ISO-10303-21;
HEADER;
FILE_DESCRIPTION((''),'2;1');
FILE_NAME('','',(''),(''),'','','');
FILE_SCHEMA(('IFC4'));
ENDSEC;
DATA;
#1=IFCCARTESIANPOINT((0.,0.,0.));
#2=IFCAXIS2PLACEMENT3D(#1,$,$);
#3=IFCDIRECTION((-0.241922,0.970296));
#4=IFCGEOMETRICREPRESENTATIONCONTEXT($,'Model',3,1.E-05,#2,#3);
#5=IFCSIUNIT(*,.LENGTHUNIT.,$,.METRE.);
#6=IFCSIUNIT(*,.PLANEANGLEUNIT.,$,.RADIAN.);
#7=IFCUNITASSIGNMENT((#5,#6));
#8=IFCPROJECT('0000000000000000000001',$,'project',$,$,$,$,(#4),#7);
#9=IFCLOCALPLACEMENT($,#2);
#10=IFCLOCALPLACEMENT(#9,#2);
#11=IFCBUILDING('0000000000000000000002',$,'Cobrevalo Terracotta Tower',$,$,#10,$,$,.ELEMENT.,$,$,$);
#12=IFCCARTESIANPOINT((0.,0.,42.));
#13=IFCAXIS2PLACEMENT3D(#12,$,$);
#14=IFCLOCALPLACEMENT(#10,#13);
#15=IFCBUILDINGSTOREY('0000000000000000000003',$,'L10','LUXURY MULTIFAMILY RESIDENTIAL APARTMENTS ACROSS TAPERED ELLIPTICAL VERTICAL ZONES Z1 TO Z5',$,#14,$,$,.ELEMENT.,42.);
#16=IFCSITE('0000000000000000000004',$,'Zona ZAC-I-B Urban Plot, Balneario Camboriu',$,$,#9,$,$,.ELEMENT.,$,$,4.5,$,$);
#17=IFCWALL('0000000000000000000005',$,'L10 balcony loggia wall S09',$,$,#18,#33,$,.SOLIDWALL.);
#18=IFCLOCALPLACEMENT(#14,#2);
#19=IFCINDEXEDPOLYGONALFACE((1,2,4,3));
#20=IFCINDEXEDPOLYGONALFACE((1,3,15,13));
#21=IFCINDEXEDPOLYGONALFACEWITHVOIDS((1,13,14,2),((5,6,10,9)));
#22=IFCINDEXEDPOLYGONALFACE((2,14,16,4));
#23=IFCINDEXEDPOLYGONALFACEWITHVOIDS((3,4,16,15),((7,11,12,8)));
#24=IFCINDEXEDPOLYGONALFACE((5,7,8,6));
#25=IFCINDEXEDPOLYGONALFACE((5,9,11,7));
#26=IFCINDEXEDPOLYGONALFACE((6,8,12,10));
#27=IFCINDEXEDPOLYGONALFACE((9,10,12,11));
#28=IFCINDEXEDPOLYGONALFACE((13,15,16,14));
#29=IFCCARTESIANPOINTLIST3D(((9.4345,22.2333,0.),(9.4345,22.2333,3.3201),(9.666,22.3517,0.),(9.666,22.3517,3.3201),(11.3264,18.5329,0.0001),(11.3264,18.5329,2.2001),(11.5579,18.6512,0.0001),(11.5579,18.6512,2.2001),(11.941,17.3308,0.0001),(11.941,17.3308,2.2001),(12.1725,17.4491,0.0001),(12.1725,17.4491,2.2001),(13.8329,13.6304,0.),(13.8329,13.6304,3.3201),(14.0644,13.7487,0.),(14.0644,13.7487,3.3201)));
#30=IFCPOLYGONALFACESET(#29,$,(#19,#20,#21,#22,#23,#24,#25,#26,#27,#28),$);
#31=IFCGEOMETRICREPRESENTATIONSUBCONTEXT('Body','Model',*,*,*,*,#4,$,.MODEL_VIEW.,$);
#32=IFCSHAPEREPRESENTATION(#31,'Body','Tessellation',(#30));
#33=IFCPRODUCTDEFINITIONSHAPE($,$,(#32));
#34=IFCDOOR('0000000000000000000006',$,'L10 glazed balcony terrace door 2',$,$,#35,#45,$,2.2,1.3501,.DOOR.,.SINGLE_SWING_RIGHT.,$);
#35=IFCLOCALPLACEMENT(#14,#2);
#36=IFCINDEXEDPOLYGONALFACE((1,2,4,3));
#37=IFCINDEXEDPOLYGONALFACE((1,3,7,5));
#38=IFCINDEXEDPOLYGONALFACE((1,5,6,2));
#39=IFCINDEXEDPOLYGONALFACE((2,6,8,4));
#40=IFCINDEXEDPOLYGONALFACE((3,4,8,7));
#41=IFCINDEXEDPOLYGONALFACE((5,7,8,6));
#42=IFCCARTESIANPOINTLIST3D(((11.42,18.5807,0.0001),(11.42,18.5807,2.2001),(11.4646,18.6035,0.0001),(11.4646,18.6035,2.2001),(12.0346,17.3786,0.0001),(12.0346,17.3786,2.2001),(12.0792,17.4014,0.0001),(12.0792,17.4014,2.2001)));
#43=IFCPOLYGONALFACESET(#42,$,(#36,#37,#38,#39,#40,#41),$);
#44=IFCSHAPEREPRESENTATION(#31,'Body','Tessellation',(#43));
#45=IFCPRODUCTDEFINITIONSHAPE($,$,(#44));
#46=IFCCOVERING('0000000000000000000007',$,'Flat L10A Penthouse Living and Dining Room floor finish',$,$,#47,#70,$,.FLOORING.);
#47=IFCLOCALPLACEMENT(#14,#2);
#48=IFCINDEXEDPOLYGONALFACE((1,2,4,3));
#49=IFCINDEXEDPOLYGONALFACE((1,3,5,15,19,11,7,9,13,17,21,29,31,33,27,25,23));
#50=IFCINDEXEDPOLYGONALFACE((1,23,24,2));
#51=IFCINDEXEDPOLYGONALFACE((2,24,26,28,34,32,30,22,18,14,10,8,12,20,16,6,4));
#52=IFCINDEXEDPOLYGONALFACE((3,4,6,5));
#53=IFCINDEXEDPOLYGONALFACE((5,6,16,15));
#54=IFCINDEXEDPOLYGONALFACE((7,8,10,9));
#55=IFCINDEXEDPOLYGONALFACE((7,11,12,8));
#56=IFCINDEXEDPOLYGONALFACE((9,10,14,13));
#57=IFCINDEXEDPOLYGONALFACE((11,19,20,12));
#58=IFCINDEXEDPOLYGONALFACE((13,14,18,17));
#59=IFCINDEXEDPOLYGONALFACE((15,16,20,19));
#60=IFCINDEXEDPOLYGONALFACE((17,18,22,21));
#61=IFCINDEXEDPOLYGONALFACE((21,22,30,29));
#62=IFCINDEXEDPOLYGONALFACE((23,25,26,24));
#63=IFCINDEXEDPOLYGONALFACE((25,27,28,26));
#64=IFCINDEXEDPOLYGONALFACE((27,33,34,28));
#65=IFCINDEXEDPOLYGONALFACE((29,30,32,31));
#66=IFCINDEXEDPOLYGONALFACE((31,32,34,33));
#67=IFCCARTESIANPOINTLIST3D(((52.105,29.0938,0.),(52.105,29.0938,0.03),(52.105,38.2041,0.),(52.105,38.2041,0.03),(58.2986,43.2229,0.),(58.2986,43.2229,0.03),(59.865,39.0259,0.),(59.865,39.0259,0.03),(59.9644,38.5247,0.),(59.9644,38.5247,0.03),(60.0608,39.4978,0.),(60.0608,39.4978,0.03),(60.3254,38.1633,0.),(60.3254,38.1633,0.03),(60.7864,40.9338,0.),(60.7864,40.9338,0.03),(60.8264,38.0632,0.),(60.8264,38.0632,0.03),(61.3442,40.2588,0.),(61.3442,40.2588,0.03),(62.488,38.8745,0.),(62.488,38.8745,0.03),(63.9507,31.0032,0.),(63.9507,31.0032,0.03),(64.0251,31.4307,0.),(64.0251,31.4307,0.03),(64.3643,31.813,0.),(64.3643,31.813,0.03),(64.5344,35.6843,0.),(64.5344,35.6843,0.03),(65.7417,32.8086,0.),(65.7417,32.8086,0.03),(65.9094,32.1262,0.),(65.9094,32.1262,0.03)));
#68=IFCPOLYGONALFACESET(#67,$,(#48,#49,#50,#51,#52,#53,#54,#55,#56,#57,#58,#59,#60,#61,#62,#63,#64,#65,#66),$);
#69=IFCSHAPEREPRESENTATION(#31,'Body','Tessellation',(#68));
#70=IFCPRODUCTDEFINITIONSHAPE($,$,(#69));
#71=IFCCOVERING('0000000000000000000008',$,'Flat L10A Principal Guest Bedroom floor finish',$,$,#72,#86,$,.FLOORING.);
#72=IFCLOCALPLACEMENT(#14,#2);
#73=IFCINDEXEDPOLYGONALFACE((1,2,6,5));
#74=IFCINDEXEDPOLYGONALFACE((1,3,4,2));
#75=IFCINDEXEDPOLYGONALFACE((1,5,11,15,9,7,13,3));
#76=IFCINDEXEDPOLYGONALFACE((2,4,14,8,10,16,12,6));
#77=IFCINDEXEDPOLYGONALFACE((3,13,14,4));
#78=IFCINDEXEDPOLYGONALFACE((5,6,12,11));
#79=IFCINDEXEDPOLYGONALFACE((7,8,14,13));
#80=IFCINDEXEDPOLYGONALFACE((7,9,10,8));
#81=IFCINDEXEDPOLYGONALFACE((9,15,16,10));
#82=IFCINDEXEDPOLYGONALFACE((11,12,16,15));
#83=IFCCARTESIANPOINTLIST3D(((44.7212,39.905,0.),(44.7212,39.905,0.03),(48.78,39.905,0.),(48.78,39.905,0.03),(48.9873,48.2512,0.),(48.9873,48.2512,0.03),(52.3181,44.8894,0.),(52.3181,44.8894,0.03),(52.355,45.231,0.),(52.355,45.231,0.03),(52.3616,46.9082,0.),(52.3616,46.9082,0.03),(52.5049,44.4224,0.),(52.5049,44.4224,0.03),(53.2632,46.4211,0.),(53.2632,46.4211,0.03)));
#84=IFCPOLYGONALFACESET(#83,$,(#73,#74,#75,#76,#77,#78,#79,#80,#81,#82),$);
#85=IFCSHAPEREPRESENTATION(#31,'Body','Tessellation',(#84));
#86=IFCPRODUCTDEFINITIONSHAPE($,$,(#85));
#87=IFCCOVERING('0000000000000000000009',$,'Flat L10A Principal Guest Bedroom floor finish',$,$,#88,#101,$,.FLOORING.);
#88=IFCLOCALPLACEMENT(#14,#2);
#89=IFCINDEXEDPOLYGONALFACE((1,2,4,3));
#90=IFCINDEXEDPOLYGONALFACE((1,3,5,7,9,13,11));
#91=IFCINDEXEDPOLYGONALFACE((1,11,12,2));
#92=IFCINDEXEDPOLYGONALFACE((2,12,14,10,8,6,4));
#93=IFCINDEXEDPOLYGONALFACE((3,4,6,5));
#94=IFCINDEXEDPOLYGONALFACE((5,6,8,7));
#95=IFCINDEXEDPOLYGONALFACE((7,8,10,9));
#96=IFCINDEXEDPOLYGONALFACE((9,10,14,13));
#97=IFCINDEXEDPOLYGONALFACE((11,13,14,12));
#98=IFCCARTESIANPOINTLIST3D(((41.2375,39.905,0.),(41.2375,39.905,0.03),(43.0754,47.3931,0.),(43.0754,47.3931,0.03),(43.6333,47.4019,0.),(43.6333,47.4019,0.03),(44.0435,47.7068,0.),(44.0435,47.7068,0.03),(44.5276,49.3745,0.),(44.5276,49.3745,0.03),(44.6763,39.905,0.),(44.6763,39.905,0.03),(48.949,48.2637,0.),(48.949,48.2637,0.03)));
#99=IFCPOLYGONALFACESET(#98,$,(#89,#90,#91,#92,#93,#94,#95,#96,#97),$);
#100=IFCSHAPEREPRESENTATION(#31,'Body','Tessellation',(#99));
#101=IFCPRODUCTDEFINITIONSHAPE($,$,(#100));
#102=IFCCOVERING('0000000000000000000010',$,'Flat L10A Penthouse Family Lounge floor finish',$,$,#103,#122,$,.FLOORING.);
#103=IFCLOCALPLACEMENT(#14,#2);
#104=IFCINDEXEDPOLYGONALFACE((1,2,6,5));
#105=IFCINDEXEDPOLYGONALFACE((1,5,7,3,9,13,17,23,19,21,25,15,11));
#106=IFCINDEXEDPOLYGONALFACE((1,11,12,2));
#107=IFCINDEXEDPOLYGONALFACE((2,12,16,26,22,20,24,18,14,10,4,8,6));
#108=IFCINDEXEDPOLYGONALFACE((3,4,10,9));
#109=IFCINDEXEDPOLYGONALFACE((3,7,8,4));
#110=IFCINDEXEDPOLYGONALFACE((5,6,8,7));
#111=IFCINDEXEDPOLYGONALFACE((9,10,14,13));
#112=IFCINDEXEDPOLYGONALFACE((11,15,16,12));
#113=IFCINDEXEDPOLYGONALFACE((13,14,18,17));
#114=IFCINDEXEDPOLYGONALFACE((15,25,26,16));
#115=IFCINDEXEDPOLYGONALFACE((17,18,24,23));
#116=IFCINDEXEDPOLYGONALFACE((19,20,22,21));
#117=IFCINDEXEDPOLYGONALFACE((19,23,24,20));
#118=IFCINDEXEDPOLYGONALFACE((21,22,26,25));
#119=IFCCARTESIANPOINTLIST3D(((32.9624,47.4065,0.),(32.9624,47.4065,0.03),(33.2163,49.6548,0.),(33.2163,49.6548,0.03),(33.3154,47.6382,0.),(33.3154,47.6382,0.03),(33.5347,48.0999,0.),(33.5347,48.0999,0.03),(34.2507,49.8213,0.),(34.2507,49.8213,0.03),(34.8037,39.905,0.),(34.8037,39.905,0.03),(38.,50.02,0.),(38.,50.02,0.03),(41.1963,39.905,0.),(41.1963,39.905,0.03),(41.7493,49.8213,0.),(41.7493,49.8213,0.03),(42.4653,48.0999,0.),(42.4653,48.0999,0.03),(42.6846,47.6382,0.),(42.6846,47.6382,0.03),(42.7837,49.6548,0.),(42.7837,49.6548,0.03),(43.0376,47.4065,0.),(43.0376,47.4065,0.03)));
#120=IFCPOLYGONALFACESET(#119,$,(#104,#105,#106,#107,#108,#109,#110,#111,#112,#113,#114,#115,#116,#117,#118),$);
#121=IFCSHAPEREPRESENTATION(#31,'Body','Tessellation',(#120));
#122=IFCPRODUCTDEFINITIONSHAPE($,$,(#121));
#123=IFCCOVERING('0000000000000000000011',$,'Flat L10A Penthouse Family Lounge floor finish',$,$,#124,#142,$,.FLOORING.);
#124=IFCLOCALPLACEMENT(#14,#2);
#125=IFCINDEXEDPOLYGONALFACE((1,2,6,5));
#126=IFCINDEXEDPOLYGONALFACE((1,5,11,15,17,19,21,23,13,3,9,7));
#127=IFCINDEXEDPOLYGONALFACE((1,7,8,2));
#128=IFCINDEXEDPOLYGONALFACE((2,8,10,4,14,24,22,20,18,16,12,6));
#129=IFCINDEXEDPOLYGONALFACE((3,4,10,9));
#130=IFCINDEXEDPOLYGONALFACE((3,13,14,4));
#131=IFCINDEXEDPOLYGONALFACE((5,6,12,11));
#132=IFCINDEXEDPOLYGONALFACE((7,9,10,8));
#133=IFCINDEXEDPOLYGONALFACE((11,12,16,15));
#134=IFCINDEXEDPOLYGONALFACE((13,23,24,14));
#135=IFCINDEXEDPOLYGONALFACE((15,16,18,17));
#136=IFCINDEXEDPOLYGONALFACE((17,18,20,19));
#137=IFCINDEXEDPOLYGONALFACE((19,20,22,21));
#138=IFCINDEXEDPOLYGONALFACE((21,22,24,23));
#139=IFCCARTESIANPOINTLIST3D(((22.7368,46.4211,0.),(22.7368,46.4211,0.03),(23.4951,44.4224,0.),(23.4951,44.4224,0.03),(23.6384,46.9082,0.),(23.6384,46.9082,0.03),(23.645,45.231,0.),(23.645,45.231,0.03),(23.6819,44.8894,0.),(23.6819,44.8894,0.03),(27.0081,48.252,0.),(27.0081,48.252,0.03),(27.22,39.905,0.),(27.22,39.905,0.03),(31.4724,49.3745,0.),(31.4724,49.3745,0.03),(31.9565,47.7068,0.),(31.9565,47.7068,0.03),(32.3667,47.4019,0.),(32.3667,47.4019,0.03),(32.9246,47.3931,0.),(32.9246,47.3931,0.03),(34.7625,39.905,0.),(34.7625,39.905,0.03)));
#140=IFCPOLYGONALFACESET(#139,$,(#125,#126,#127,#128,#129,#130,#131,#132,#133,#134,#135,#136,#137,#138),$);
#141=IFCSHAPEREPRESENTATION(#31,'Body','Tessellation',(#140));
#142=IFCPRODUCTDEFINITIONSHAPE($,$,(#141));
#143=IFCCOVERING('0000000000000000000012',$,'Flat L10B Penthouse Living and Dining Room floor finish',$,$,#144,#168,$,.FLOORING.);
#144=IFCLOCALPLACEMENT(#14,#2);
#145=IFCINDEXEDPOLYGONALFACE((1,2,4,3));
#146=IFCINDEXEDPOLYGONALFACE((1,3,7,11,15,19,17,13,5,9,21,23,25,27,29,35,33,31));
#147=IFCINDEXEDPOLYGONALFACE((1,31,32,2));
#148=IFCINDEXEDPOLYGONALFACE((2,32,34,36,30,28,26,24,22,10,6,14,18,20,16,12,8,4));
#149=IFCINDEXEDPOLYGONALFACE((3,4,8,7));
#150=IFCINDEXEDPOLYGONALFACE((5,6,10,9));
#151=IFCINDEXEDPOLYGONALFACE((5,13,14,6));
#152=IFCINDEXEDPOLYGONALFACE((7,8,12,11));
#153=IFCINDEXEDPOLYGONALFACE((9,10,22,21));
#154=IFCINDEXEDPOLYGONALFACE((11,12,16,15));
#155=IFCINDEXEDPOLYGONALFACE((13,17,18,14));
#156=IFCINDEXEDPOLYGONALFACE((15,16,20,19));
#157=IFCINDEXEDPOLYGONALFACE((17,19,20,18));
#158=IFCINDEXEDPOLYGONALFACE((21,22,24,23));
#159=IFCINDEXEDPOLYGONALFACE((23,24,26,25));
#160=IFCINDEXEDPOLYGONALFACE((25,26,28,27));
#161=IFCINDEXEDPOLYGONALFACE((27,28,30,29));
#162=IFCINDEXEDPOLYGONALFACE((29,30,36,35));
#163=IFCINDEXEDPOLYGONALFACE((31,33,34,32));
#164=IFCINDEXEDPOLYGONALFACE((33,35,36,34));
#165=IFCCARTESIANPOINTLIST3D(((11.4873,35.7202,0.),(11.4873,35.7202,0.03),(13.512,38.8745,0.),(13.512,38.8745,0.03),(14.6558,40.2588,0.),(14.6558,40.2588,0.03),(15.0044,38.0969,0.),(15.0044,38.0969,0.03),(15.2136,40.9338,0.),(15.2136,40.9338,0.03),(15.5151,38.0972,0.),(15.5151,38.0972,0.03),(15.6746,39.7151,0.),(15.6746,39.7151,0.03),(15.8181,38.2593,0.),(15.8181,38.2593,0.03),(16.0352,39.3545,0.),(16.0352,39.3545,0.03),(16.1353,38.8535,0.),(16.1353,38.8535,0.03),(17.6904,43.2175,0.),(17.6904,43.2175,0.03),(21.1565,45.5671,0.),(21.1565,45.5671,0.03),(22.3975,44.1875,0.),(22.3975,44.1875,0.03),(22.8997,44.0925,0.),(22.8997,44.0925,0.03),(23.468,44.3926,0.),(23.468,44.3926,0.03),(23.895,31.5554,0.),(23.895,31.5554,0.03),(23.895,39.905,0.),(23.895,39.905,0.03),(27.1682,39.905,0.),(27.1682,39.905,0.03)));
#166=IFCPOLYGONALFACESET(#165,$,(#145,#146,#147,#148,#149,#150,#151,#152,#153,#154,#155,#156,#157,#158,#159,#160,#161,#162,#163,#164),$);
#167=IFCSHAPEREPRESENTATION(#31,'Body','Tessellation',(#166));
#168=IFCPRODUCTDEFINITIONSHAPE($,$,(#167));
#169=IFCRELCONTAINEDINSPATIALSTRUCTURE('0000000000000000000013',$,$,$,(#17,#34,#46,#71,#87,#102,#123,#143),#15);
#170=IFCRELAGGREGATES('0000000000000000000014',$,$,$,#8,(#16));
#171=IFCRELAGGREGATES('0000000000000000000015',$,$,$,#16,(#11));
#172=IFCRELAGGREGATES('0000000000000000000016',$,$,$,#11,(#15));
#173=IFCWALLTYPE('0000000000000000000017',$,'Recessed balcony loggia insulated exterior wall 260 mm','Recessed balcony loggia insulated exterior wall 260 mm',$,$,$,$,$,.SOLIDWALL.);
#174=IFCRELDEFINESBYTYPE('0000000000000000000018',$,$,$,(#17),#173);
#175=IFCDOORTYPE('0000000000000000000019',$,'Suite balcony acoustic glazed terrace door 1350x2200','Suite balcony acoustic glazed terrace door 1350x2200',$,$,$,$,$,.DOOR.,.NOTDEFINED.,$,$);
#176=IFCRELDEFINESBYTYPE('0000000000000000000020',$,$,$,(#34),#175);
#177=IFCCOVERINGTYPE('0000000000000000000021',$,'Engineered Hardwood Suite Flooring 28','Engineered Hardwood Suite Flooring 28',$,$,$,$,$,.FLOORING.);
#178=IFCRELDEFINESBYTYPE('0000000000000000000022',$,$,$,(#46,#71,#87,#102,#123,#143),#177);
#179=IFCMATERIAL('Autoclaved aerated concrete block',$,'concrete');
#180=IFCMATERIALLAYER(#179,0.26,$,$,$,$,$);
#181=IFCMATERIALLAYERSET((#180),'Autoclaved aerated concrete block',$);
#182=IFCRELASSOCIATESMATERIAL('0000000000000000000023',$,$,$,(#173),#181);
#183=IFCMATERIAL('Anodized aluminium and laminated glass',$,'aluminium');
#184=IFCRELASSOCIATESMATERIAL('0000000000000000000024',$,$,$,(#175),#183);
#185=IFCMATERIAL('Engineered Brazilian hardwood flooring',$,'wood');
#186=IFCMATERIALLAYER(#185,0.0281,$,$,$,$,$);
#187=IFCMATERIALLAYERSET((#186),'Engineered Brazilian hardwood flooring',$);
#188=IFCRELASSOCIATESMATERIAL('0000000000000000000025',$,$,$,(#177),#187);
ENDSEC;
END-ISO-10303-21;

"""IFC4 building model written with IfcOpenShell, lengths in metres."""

from ifc_helpers import new_model, si_unit, direction, frame, frame_2d, origin, place, context, subcontext, project, spatial, polyline, rectangle, outline, extrude, source, transform, mapped, material, layer, layer_set, type_object, element, fill, save


model = new_model("IFC4")

# Units and contexts
model_context = context("Model", 3, precision=1e-05, world=origin(), true_north=direction((-0.241922, 0.970296)))
body_context = subcontext(model_context, "Body", "Model", "MODEL_VIEW")
ifc_project = project(units=[si_unit("LENGTHUNIT", "METRE"), si_unit("PLANEANGLEUNIT", "RADIAN")], contexts=[model_context])

# Site, building, storey
site_placement = place(None, origin())
site = spatial("IfcSite", under=ifc_project, at=site_placement, Name="Zona ZAC-I-B Urban Plot, Balneario Camboriu", CompositionType="ELEMENT", RefElevation=4.5)
building_placement = place(site_placement, origin())
building = spatial("IfcBuilding", under=site, at=building_placement, Name="Cobrevalo Terracotta Tower", CompositionType="ELEMENT")
storey_placement = place(building_placement, frame((0.0, 0.0, 42.0)))
storey = spatial("IfcBuildingStorey", under=building, at=storey_placement, Name="L10", Description="LUXURY MULTIFAMILY RESIDENTIAL APARTMENTS ACROSS TAPERED ELLIPTICAL VERTICAL ZONES Z1 TO Z5", CompositionType="ELEMENT", Elevation=42.0)

# Wall, opening, door
ifc_material_1 = material(Name="Autoclaved aerated concrete block", Category="concrete")
ifc_layer_1 = layer(ifc_material_1, 0.26)
ifc_layer_set_1 = layer_set([ifc_layer_1], Name="Autoclaved aerated concrete block")
wall_type = type_object("IfcWallType", Name="Recessed balcony loggia insulated exterior wall 260 mm", Description="Recessed balcony loggia insulated exterior wall 260 mm", PredefinedType="SOLIDWALL", material=ifc_layer_set_1)
wall_placement = place(storey_placement, frame((9.5503, 22.2925, 0.0), z_axis=(0.0, 0.0, 1.0), x_axis=(0.455221, -0.890379, 0.0)))
wall = element("IfcWall", 1, at=wall_placement, inside=storey, type_object=wall_type, Name="L10 balcony loggia wall S09", PredefinedType="SOLIDWALL", context=body_context, shape_type="SweptSolid", body=[
    extrude(rectangle(XDim=9.6621, YDim=0.26, at=frame_2d((4.8311, 0.0))), origin(), (0.0, 0.0, 1.0), 3.3201),
])
opening_placement = place(wall_placement, frame((4.156, 0.0, 0.0)))
opening = element("IfcOpeningElement", 2, at=opening_placement, cuts=wall, PredefinedType="OPENING", context=body_context, shape_type="SweptSolid", body=[
    extrude(rectangle(XDim=1.3501, YDim=2.2, at=frame_2d((0.675, 1.1001))), frame((0.0, 0.1401, 0.0), z_axis=(0.0, -1.0, 0.0), x_axis=(1.0, 0.0, 0.0)), (0.0, 0.0, 1.0), 0.28),
])
ifc_material_2 = material(Name="Anodized aluminium and laminated glass", Category="aluminium")
door_type = type_object("IfcDoorType", Name="Suite balcony acoustic glazed terrace door 1350x2200", Description="Suite balcony acoustic glazed terrace door 1350x2200", OperationType="NOTDEFINED", PredefinedType="DOOR", material=ifc_material_2)
shared_shape_1 = source(origin(), body_context, "Body", "SweptSolid", [
    extrude(rectangle(XDim=1.3501, YDim=2.2, at=frame_2d((0.675, 1.1001))), frame((0.0, 0.0249, 0.0), z_axis=(0.0, -1.0, 0.0), x_axis=(1.0, 0.0, 0.0)), (0.0, 0.0, 1.0), 0.05),
])
door_placement = place(opening_placement, frame((1.3501, 0.0, 0.0), z_axis=(0.0, 0.0, 1.0), x_axis=(-1.0, 0.0, 0.0)))
door = element("IfcDoor", 3, at=door_placement, inside=storey, type_object=door_type, Name="L10 glazed balcony terrace door 2", OperationType="SINGLE_SWING_RIGHT", OverallHeight=2.2, OverallWidth=1.3501, PredefinedType="DOOR", context=body_context, shape_type="MappedRepresentation", body=[
    mapped(shared_shape_1, transform((0.0, 0.0, 0.0), scale=1.0)),
])
fill(opening, door)

# Coverings
ifc_material_3 = material(Name="Engineered Brazilian hardwood flooring", Category="wood")
ifc_layer_2 = layer(ifc_material_3, 0.0281)
ifc_layer_set_2 = layer_set([ifc_layer_2], Name="Engineered Brazilian hardwood flooring")
covering_type_1 = type_object("IfcCoveringType", Name="Engineered Hardwood Suite Flooring 28", Description="Engineered Hardwood Suite Flooring 28", PredefinedType="FLOORING", material=ifc_layer_set_2)
covering_1_placement = place(storey_placement, origin())
element("IfcCovering", 4, at=covering_1_placement, inside=storey, type_object=covering_type_1, Name="Flat L10A Penthouse Living and Dining Room floor finish", PredefinedType="FLOORING", context=body_context, shape_type="SweptSolid", body=[
    extrude(outline(polyline([(60.7864, 40.9338), (61.3442, 40.2588), (60.0608, 39.4978), (59.865, 39.0259), (59.9644, 38.5247), (60.3254, 38.1633), (60.8264, 38.0632), (62.488, 38.8745), (64.5344, 35.6843), (65.7417, 32.8086), (65.9094, 32.1262), (64.3643, 31.813), (64.0251, 31.4307), (63.9507, 31.0032), (52.105, 29.0938), (52.105, 38.2041), (58.2986, 43.2229), (60.7864, 40.9338)])), origin(), (0.0, 0.0, 1.0), 0.03),
])
covering_2_placement = place(storey_placement, origin())
element("IfcCovering", 5, at=covering_2_placement, inside=storey, type_object=covering_type_1, Name="Flat L10A Principal Guest Bedroom floor finish", PredefinedType="FLOORING", context=body_context, shape_type="SweptSolid", body=[
    extrude(outline(polyline([(52.3616, 46.9082), (53.2632, 46.4211), (52.355, 45.231), (52.3181, 44.8894), (52.5049, 44.4224), (48.78, 39.905), (44.7212, 39.905), (48.9873, 48.2512), (52.3616, 46.9082)])), origin(), (0.0, 0.0, 1.0), 0.03),
])
covering_3_placement = place(storey_placement, origin())
element("IfcCovering", 6, at=covering_3_placement, inside=storey, type_object=covering_type_1, Name="Flat L10A Principal Guest Bedroom floor finish", PredefinedType="FLOORING", context=body_context, shape_type="SweptSolid", body=[
    extrude(outline(polyline([(48.949, 48.2637), (44.6763, 39.905), (41.2375, 39.905), (43.0754, 47.3931), (43.6333, 47.4019), (44.0435, 47.7068), (44.5276, 49.3745), (48.949, 48.2637)])), origin(), (0.0, 0.0, 1.0), 0.03),
])
covering_4_placement = place(storey_placement, origin())
element("IfcCovering", 7, at=covering_4_placement, inside=storey, type_object=covering_type_1, Name="Flat L10A Penthouse Family Lounge floor finish", PredefinedType="FLOORING", context=body_context, shape_type="SweptSolid", body=[
    extrude(outline(polyline([(38.0, 50.02), (41.7493, 49.8213), (42.7837, 49.6548), (42.4653, 48.0999), (42.6846, 47.6382), (43.0376, 47.4065), (41.1963, 39.905), (34.8037, 39.905), (32.9624, 47.4065), (33.3154, 47.6382), (33.5347, 48.0999), (33.2163, 49.6548), (34.2507, 49.8213), (38.0, 50.02)])), origin(), (0.0, 0.0, 1.0), 0.03),
])
covering_5_placement = place(storey_placement, origin())
element("IfcCovering", 8, at=covering_5_placement, inside=storey, type_object=covering_type_1, Name="Flat L10A Penthouse Family Lounge floor finish", PredefinedType="FLOORING", context=body_context, shape_type="SweptSolid", body=[
    extrude(outline(polyline([(23.4951, 44.4224), (23.6819, 44.8894), (23.645, 45.231), (22.7368, 46.4211), (23.6384, 46.9082), (27.0081, 48.252), (31.4724, 49.3745), (31.9565, 47.7068), (32.3667, 47.4019), (32.9246, 47.3931), (34.7625, 39.905), (27.22, 39.905), (23.4951, 44.4224)])), origin(), (0.0, 0.0, 1.0), 0.03),
])
covering_6_placement = place(storey_placement, origin())
element("IfcCovering", 9, at=covering_6_placement, inside=storey, type_object=covering_type_1, Name="Flat L10B Penthouse Living and Dining Room floor finish", PredefinedType="FLOORING", context=body_context, shape_type="SweptSolid", body=[
    extrude(outline(polyline([(13.512, 38.8745), (15.0044, 38.0969), (15.5151, 38.0972), (15.8181, 38.2593), (16.1353, 38.8535), (16.0352, 39.3545), (15.6746, 39.7151), (14.6558, 40.2588), (15.2136, 40.9338), (17.6904, 43.2175), (21.1565, 45.5671), (22.3975, 44.1875), (22.8997, 44.0925), (23.468, 44.3926), (27.1682, 39.905), (23.895, 39.905), (23.895, 31.5554), (11.4873, 35.7202), (13.512, 38.8745)])), origin(), (0.0, 0.0, 1.0), 0.03),
])

save(model, "model.ifc")
